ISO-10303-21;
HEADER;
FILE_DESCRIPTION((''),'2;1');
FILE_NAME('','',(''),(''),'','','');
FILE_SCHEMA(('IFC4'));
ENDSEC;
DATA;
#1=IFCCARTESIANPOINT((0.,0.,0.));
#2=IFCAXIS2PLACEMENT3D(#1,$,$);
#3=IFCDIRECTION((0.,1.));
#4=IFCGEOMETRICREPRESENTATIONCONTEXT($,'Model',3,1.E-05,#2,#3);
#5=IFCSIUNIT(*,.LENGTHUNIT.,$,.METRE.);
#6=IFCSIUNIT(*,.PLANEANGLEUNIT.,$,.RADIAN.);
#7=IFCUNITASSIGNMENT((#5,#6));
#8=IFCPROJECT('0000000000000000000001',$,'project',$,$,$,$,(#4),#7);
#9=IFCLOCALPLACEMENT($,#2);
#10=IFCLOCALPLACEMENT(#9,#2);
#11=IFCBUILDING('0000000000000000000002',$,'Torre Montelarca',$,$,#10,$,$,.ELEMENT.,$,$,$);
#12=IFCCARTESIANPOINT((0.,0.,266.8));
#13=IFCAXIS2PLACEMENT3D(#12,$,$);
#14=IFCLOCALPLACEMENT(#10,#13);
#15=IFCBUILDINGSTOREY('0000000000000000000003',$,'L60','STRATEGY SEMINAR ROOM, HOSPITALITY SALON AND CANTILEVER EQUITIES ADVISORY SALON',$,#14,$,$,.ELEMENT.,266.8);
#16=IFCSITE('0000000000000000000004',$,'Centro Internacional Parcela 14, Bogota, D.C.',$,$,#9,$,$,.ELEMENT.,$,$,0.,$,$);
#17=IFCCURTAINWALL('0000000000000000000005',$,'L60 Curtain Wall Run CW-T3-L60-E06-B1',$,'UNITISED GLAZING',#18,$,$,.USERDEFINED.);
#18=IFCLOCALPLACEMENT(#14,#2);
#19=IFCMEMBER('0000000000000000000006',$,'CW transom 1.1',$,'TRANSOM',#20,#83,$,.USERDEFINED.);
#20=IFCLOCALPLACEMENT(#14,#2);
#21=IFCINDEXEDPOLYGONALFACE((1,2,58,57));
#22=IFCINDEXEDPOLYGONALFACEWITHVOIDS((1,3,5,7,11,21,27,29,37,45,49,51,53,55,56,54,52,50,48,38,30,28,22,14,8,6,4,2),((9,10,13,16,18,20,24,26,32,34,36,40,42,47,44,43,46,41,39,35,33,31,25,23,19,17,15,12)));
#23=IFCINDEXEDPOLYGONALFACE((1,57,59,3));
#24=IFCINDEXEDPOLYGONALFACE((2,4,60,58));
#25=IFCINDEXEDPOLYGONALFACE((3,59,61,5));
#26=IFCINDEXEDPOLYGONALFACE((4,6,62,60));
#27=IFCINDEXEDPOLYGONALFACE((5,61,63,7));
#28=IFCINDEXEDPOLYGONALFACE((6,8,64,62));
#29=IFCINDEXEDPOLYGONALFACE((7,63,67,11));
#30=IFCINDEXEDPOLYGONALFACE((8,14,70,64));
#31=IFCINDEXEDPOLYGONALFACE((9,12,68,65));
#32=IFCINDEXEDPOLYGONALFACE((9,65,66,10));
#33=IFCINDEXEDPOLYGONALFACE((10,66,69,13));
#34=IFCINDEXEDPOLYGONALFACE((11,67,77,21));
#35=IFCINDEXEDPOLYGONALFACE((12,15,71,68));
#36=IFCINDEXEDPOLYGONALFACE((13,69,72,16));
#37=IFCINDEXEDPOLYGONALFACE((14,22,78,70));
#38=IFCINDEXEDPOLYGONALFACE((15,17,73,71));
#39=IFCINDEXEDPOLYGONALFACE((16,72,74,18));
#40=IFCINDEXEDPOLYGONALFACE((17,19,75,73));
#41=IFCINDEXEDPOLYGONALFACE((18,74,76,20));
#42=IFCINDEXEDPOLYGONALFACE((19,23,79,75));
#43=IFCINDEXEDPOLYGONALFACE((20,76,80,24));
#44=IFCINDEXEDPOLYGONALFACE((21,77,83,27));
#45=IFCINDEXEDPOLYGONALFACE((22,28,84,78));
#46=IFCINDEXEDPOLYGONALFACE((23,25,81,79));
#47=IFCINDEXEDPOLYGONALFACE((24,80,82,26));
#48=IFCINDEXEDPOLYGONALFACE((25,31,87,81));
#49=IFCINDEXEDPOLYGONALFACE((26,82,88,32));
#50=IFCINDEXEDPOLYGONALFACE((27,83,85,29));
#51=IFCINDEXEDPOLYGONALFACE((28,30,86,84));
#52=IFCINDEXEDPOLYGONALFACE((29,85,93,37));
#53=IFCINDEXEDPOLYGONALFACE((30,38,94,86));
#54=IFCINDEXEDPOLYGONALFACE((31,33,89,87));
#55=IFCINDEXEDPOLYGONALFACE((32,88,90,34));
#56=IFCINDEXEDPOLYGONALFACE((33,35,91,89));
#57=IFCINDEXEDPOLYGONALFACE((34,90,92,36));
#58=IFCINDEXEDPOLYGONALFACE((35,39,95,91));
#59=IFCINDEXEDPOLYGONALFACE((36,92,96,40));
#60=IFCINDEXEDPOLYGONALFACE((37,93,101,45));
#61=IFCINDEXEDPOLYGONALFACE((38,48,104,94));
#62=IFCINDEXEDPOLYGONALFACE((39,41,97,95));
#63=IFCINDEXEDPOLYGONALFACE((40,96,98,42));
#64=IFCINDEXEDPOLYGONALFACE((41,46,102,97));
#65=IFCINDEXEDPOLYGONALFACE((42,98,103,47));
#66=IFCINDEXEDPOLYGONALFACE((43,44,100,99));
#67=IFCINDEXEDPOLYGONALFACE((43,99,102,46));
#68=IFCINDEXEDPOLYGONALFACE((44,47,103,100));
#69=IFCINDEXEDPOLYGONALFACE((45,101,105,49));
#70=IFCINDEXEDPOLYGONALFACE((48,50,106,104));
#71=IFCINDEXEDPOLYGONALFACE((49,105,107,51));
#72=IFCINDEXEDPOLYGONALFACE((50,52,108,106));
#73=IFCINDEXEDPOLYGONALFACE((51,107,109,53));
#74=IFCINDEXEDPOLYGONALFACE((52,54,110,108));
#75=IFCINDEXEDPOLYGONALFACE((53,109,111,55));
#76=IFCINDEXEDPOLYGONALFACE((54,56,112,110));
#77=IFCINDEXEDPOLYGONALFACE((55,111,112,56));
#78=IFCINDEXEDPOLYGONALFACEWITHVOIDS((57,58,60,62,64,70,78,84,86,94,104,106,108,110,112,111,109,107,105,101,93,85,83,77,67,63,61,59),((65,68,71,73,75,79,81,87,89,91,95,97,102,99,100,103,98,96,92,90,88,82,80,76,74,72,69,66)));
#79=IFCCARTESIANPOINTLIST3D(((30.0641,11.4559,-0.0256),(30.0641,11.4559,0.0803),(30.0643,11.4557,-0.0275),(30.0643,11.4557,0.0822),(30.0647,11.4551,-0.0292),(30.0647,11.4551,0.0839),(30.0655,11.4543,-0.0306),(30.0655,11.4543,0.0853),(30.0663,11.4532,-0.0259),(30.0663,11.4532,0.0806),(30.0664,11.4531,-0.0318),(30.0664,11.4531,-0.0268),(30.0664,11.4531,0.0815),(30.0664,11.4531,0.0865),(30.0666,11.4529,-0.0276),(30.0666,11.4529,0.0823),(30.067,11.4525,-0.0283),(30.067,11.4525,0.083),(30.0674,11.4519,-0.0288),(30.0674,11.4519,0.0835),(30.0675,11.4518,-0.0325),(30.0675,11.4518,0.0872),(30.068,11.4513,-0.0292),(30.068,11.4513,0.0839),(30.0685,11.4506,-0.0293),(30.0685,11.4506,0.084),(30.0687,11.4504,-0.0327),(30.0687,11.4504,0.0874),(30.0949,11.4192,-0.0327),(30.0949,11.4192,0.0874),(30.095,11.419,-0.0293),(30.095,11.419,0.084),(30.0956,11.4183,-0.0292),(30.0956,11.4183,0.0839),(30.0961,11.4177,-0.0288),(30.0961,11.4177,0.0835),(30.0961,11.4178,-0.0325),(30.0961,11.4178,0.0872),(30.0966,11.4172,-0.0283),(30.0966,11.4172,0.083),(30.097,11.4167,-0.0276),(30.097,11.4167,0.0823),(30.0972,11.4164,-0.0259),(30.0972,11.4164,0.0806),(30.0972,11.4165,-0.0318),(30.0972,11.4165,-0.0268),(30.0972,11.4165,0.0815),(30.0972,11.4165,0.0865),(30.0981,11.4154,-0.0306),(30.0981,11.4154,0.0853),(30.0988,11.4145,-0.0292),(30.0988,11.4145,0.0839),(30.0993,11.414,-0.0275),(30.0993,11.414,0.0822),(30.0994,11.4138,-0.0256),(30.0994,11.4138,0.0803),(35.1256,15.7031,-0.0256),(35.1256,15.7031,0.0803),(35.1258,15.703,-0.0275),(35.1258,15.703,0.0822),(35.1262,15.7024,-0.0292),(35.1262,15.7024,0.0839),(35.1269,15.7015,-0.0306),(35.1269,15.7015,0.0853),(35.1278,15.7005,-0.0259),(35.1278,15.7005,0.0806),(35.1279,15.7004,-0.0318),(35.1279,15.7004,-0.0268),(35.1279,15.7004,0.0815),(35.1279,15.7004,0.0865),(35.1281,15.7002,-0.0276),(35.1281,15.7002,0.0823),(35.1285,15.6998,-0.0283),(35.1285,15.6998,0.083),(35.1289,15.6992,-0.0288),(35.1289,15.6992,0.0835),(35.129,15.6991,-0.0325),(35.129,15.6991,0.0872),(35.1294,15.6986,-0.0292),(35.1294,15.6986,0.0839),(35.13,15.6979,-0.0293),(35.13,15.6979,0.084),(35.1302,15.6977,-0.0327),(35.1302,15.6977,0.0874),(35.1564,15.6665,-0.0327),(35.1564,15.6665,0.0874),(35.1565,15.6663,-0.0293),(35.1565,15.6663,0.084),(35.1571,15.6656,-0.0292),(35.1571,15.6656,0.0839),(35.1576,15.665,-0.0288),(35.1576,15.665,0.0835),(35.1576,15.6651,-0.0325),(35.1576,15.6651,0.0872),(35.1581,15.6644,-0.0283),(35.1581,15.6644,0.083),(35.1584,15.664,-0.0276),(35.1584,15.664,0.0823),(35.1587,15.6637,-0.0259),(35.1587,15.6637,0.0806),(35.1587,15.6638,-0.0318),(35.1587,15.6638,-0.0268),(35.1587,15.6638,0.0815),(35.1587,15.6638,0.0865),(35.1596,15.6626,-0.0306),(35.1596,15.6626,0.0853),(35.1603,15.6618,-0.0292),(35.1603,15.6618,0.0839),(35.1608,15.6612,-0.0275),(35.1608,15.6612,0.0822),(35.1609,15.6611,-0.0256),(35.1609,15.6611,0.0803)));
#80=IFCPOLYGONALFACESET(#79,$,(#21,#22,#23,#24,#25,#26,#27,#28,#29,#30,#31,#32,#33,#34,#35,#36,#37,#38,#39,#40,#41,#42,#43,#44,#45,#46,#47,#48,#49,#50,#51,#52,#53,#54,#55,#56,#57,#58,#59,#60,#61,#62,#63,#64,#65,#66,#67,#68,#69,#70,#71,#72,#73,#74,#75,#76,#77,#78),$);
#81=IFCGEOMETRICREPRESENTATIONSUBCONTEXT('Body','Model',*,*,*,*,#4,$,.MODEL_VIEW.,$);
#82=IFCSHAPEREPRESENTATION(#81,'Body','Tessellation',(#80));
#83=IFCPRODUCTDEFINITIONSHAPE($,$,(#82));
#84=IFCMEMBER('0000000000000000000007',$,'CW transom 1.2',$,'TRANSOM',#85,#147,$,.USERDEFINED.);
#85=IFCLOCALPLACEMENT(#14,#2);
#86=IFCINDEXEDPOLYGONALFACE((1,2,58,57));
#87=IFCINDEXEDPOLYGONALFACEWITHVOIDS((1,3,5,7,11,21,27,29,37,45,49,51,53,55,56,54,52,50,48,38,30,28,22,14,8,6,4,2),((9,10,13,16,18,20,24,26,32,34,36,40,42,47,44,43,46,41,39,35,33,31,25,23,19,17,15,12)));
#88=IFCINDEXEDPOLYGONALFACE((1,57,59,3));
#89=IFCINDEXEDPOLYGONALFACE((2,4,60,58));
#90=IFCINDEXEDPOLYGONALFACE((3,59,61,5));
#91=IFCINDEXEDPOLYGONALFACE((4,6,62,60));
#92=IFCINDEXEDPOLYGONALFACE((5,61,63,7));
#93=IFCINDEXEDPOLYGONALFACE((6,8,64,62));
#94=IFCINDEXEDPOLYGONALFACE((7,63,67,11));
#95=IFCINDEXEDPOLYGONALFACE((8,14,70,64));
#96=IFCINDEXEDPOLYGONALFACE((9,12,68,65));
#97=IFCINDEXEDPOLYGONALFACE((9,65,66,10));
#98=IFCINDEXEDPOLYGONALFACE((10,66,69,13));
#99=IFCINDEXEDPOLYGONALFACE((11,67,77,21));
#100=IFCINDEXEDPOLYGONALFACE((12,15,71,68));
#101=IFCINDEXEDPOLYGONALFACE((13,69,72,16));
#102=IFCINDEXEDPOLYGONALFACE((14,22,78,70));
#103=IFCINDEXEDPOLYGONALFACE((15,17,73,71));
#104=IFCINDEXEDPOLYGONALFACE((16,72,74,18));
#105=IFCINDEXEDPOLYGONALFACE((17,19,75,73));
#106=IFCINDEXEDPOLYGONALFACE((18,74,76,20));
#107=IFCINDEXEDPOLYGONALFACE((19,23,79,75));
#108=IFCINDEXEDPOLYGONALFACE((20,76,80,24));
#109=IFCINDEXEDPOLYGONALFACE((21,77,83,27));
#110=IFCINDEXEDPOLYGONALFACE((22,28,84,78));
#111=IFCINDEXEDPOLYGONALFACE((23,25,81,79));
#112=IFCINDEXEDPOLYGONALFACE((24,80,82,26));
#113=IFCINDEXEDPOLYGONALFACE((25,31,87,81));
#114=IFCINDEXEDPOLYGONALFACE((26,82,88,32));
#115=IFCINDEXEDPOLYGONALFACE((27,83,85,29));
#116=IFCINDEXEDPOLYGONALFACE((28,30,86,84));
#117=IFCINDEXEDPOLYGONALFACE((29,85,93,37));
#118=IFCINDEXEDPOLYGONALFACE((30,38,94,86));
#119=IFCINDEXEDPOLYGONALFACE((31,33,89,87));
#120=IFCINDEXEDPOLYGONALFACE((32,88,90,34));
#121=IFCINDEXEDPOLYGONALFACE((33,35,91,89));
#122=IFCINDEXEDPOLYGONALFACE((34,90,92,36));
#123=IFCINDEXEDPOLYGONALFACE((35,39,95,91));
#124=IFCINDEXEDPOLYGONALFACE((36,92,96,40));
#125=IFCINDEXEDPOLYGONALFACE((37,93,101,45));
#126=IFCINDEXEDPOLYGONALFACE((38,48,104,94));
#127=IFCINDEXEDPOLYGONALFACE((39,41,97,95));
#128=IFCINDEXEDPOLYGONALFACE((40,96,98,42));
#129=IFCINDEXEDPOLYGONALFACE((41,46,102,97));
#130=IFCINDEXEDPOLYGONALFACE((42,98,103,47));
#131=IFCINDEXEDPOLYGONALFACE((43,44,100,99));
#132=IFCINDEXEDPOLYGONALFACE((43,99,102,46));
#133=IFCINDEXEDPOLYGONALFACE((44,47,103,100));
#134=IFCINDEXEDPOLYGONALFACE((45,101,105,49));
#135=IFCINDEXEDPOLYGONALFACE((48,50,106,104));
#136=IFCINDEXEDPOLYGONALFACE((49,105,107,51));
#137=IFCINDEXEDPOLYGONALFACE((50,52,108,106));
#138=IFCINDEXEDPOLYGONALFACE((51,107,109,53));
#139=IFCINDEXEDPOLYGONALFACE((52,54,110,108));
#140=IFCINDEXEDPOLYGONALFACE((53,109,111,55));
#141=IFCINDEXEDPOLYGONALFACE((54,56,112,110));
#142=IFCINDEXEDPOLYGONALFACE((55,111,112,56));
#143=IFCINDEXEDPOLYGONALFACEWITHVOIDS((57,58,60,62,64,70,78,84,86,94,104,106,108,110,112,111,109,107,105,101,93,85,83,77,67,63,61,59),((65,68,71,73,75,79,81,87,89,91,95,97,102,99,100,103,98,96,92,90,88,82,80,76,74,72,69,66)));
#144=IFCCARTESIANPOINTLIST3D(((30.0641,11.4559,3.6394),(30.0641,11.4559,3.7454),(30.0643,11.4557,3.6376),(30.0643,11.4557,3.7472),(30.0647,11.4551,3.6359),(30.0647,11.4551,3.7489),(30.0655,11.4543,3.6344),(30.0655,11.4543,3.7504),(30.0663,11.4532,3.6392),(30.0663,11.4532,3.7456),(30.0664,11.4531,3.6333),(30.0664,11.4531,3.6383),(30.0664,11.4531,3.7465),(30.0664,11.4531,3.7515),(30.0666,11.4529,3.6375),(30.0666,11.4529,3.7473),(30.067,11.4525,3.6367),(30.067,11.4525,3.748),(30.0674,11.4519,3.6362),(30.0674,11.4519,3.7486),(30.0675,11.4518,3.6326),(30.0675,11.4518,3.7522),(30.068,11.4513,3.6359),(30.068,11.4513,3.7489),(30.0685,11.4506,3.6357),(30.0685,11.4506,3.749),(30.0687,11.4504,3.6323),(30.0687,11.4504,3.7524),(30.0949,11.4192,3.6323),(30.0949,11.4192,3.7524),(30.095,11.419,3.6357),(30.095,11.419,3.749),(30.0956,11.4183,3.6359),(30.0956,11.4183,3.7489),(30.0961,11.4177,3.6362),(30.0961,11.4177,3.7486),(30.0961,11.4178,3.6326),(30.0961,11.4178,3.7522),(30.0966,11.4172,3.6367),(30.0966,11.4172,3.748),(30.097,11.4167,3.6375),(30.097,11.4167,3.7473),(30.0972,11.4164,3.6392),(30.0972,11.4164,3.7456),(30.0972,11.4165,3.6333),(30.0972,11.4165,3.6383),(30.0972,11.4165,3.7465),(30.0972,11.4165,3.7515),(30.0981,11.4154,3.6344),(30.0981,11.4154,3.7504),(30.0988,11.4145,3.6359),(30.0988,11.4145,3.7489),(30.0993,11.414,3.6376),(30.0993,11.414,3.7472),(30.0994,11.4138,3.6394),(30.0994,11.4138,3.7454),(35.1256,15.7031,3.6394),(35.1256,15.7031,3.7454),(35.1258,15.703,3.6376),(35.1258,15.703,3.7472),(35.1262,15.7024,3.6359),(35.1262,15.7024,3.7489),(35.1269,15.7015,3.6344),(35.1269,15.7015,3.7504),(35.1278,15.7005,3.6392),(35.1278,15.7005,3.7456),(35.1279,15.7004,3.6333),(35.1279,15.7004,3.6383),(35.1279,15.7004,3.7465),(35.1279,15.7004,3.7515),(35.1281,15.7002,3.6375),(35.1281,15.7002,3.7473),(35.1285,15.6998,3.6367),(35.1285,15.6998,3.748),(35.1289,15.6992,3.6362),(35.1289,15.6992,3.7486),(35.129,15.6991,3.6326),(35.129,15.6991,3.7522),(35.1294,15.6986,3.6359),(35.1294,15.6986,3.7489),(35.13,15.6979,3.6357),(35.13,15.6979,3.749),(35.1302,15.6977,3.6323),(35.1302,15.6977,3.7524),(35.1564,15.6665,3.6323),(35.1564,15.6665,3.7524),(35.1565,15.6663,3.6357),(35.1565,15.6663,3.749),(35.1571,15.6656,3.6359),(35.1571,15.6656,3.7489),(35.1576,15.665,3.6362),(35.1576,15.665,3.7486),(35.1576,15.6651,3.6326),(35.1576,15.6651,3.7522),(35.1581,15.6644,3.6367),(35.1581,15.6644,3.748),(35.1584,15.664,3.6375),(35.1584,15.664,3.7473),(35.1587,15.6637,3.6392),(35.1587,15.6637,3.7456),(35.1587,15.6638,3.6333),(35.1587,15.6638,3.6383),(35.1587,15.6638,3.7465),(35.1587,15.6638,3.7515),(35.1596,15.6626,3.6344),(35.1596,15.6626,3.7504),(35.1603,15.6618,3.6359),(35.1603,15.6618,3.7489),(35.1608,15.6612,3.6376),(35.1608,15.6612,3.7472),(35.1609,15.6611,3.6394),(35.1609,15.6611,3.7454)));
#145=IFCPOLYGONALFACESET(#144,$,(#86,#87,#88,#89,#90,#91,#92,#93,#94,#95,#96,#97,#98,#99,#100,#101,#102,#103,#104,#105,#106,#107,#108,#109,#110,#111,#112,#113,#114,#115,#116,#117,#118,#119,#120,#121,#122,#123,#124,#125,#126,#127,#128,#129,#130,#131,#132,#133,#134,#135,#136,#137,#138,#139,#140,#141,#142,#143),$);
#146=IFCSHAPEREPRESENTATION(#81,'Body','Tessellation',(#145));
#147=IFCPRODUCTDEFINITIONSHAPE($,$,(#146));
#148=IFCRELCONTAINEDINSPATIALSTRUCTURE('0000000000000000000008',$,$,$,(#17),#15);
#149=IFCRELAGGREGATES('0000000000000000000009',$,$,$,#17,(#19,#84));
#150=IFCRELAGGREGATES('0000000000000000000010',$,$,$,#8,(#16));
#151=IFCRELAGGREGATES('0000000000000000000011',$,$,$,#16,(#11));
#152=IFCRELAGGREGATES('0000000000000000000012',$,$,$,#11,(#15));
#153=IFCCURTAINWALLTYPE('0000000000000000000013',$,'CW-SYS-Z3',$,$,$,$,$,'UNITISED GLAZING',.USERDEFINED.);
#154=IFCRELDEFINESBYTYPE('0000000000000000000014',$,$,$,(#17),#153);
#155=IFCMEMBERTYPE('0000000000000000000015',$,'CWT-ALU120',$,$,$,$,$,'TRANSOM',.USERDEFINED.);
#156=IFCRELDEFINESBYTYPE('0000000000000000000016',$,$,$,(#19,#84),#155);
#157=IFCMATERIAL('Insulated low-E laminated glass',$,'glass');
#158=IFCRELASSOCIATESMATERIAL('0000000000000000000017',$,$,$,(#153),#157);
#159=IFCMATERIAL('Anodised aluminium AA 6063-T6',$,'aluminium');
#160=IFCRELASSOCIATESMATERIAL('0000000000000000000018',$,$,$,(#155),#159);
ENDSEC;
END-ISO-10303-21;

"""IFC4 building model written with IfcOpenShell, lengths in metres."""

from ifc_helpers import new_model, si_unit, direction, frame, origin, origin_2d, place, context, subcontext, project, spatial, hollow_rectangle, extrude, source, transform, mapped, material, material_profile, profile_set, type_object, element, aggregate, save


model = new_model("IFC4")

# Units and contexts
model_context = context("Model", 3, precision=1e-05, world=origin(), true_north=direction((0.0, 1.0)))
body_context = subcontext(model_context, "Body", "Model", "MODEL_VIEW")
ifc_project = project(units=[si_unit("LENGTHUNIT", "METRE"), si_unit("PLANEANGLEUNIT", "RADIAN")], contexts=[model_context])

# Site, building, storey
site_placement = place(None, origin())
site = spatial("IfcSite", under=ifc_project, at=site_placement, Name="Centro Internacional Parcela 14, Bogota, D.C.", CompositionType="ELEMENT", RefElevation=0.0)
building_placement = place(site_placement, origin())
building = spatial("IfcBuilding", under=site, at=building_placement, Name="Torre Montelarca", CompositionType="ELEMENT")
storey_placement = place(building_placement, frame((0.0, 0.0, 266.8)))
storey = spatial("IfcBuildingStorey", under=building, at=storey_placement, Name="L60", Description="STRATEGY SEMINAR ROOM, HOSPITALITY SALON AND CANTILEVER EQUITIES ADVISORY SALON", CompositionType="ELEMENT", Elevation=266.8)

# Curtain wall
ifc_material_1 = material(Name="Insulated low-E laminated glass", Category="glass")
curtain_wall_type = type_object("IfcCurtainWallType", Name="CW-SYS-Z3", ElementType="UNITISED GLAZING", PredefinedType="USERDEFINED", material=ifc_material_1)
ifc_material_2 = material(Name="Anodised aluminium AA 6063-T6", Category="aluminium")
ifc_material_profile_1 = material_profile(ifc_material_2, hollow_rectangle(XDim=0.0549, YDim=0.1201, WallThickness=0.0034, InnerFilletRadius=0.0034, OuterFilletRadius=0.0071, at=origin_2d()), Name="ALU55X120X3.5", Category="aluminium")
ifc_profile_set_1 = profile_set([ifc_material_profile_1], Name="Anodised aluminium AA 6063-T6")
member_type_1 = type_object("IfcMemberType", Name="CWT-ALU120", ElementType="TRANSOM", PredefinedType="USERDEFINED", material=ifc_profile_set_1)
curtain_wall_1_placement = place(storey_placement, origin())
curtain_wall_1 = element("IfcCurtainWall", 1, at=curtain_wall_1_placement, inside=storey, type_object=curtain_wall_type, Name="L60 Curtain Wall Run CW-T3-L60-E06-B1", ObjectType="UNITISED GLAZING", PredefinedType="USERDEFINED")

# Members
shared_shape_1 = source(origin(), body_context, "Body", "SweptSolid", [
    extrude(hollow_rectangle(XDim=0.0549, YDim=0.1201, WallThickness=0.0034, InnerFilletRadius=0.0034, OuterFilletRadius=0.0071, at=origin_2d()), origin(), (0.0, 0.0, 1.0), 6.6074),
])
member_1_placement = place(storey_placement, frame((30.0818, 11.4348, 0.0273), z_axis=(0.76603, 0.642805, 0.0), x_axis=(-0.642805, 0.76603, 0.0)))
member_1 = element("IfcMember", 2, at=member_1_placement, type_object=member_type_1, Name="CW transom 1.1", ObjectType="TRANSOM", PredefinedType="USERDEFINED", context=body_context, shape_type="MappedRepresentation", body=[
    mapped(shared_shape_1, transform((0.0, 0.0, 0.0), scale=1.0)),
])
member_2_placement = place(storey_placement, frame((30.0818, 11.4348, 3.6924), z_axis=(0.76603, 0.642805, 0.0), x_axis=(-0.642805, 0.76603, 0.0)))
member_2 = element("IfcMember", 3, at=member_2_placement, type_object=member_type_1, Name="CW transom 1.2", ObjectType="TRANSOM", PredefinedType="USERDEFINED", context=body_context, shape_type="MappedRepresentation", body=[
    mapped(shared_shape_1, transform((0.0, 0.0, 0.0), scale=1.0)),
])

aggregate(curtain_wall_1, [member_1, member_2])

save(model, "model.ifc")
